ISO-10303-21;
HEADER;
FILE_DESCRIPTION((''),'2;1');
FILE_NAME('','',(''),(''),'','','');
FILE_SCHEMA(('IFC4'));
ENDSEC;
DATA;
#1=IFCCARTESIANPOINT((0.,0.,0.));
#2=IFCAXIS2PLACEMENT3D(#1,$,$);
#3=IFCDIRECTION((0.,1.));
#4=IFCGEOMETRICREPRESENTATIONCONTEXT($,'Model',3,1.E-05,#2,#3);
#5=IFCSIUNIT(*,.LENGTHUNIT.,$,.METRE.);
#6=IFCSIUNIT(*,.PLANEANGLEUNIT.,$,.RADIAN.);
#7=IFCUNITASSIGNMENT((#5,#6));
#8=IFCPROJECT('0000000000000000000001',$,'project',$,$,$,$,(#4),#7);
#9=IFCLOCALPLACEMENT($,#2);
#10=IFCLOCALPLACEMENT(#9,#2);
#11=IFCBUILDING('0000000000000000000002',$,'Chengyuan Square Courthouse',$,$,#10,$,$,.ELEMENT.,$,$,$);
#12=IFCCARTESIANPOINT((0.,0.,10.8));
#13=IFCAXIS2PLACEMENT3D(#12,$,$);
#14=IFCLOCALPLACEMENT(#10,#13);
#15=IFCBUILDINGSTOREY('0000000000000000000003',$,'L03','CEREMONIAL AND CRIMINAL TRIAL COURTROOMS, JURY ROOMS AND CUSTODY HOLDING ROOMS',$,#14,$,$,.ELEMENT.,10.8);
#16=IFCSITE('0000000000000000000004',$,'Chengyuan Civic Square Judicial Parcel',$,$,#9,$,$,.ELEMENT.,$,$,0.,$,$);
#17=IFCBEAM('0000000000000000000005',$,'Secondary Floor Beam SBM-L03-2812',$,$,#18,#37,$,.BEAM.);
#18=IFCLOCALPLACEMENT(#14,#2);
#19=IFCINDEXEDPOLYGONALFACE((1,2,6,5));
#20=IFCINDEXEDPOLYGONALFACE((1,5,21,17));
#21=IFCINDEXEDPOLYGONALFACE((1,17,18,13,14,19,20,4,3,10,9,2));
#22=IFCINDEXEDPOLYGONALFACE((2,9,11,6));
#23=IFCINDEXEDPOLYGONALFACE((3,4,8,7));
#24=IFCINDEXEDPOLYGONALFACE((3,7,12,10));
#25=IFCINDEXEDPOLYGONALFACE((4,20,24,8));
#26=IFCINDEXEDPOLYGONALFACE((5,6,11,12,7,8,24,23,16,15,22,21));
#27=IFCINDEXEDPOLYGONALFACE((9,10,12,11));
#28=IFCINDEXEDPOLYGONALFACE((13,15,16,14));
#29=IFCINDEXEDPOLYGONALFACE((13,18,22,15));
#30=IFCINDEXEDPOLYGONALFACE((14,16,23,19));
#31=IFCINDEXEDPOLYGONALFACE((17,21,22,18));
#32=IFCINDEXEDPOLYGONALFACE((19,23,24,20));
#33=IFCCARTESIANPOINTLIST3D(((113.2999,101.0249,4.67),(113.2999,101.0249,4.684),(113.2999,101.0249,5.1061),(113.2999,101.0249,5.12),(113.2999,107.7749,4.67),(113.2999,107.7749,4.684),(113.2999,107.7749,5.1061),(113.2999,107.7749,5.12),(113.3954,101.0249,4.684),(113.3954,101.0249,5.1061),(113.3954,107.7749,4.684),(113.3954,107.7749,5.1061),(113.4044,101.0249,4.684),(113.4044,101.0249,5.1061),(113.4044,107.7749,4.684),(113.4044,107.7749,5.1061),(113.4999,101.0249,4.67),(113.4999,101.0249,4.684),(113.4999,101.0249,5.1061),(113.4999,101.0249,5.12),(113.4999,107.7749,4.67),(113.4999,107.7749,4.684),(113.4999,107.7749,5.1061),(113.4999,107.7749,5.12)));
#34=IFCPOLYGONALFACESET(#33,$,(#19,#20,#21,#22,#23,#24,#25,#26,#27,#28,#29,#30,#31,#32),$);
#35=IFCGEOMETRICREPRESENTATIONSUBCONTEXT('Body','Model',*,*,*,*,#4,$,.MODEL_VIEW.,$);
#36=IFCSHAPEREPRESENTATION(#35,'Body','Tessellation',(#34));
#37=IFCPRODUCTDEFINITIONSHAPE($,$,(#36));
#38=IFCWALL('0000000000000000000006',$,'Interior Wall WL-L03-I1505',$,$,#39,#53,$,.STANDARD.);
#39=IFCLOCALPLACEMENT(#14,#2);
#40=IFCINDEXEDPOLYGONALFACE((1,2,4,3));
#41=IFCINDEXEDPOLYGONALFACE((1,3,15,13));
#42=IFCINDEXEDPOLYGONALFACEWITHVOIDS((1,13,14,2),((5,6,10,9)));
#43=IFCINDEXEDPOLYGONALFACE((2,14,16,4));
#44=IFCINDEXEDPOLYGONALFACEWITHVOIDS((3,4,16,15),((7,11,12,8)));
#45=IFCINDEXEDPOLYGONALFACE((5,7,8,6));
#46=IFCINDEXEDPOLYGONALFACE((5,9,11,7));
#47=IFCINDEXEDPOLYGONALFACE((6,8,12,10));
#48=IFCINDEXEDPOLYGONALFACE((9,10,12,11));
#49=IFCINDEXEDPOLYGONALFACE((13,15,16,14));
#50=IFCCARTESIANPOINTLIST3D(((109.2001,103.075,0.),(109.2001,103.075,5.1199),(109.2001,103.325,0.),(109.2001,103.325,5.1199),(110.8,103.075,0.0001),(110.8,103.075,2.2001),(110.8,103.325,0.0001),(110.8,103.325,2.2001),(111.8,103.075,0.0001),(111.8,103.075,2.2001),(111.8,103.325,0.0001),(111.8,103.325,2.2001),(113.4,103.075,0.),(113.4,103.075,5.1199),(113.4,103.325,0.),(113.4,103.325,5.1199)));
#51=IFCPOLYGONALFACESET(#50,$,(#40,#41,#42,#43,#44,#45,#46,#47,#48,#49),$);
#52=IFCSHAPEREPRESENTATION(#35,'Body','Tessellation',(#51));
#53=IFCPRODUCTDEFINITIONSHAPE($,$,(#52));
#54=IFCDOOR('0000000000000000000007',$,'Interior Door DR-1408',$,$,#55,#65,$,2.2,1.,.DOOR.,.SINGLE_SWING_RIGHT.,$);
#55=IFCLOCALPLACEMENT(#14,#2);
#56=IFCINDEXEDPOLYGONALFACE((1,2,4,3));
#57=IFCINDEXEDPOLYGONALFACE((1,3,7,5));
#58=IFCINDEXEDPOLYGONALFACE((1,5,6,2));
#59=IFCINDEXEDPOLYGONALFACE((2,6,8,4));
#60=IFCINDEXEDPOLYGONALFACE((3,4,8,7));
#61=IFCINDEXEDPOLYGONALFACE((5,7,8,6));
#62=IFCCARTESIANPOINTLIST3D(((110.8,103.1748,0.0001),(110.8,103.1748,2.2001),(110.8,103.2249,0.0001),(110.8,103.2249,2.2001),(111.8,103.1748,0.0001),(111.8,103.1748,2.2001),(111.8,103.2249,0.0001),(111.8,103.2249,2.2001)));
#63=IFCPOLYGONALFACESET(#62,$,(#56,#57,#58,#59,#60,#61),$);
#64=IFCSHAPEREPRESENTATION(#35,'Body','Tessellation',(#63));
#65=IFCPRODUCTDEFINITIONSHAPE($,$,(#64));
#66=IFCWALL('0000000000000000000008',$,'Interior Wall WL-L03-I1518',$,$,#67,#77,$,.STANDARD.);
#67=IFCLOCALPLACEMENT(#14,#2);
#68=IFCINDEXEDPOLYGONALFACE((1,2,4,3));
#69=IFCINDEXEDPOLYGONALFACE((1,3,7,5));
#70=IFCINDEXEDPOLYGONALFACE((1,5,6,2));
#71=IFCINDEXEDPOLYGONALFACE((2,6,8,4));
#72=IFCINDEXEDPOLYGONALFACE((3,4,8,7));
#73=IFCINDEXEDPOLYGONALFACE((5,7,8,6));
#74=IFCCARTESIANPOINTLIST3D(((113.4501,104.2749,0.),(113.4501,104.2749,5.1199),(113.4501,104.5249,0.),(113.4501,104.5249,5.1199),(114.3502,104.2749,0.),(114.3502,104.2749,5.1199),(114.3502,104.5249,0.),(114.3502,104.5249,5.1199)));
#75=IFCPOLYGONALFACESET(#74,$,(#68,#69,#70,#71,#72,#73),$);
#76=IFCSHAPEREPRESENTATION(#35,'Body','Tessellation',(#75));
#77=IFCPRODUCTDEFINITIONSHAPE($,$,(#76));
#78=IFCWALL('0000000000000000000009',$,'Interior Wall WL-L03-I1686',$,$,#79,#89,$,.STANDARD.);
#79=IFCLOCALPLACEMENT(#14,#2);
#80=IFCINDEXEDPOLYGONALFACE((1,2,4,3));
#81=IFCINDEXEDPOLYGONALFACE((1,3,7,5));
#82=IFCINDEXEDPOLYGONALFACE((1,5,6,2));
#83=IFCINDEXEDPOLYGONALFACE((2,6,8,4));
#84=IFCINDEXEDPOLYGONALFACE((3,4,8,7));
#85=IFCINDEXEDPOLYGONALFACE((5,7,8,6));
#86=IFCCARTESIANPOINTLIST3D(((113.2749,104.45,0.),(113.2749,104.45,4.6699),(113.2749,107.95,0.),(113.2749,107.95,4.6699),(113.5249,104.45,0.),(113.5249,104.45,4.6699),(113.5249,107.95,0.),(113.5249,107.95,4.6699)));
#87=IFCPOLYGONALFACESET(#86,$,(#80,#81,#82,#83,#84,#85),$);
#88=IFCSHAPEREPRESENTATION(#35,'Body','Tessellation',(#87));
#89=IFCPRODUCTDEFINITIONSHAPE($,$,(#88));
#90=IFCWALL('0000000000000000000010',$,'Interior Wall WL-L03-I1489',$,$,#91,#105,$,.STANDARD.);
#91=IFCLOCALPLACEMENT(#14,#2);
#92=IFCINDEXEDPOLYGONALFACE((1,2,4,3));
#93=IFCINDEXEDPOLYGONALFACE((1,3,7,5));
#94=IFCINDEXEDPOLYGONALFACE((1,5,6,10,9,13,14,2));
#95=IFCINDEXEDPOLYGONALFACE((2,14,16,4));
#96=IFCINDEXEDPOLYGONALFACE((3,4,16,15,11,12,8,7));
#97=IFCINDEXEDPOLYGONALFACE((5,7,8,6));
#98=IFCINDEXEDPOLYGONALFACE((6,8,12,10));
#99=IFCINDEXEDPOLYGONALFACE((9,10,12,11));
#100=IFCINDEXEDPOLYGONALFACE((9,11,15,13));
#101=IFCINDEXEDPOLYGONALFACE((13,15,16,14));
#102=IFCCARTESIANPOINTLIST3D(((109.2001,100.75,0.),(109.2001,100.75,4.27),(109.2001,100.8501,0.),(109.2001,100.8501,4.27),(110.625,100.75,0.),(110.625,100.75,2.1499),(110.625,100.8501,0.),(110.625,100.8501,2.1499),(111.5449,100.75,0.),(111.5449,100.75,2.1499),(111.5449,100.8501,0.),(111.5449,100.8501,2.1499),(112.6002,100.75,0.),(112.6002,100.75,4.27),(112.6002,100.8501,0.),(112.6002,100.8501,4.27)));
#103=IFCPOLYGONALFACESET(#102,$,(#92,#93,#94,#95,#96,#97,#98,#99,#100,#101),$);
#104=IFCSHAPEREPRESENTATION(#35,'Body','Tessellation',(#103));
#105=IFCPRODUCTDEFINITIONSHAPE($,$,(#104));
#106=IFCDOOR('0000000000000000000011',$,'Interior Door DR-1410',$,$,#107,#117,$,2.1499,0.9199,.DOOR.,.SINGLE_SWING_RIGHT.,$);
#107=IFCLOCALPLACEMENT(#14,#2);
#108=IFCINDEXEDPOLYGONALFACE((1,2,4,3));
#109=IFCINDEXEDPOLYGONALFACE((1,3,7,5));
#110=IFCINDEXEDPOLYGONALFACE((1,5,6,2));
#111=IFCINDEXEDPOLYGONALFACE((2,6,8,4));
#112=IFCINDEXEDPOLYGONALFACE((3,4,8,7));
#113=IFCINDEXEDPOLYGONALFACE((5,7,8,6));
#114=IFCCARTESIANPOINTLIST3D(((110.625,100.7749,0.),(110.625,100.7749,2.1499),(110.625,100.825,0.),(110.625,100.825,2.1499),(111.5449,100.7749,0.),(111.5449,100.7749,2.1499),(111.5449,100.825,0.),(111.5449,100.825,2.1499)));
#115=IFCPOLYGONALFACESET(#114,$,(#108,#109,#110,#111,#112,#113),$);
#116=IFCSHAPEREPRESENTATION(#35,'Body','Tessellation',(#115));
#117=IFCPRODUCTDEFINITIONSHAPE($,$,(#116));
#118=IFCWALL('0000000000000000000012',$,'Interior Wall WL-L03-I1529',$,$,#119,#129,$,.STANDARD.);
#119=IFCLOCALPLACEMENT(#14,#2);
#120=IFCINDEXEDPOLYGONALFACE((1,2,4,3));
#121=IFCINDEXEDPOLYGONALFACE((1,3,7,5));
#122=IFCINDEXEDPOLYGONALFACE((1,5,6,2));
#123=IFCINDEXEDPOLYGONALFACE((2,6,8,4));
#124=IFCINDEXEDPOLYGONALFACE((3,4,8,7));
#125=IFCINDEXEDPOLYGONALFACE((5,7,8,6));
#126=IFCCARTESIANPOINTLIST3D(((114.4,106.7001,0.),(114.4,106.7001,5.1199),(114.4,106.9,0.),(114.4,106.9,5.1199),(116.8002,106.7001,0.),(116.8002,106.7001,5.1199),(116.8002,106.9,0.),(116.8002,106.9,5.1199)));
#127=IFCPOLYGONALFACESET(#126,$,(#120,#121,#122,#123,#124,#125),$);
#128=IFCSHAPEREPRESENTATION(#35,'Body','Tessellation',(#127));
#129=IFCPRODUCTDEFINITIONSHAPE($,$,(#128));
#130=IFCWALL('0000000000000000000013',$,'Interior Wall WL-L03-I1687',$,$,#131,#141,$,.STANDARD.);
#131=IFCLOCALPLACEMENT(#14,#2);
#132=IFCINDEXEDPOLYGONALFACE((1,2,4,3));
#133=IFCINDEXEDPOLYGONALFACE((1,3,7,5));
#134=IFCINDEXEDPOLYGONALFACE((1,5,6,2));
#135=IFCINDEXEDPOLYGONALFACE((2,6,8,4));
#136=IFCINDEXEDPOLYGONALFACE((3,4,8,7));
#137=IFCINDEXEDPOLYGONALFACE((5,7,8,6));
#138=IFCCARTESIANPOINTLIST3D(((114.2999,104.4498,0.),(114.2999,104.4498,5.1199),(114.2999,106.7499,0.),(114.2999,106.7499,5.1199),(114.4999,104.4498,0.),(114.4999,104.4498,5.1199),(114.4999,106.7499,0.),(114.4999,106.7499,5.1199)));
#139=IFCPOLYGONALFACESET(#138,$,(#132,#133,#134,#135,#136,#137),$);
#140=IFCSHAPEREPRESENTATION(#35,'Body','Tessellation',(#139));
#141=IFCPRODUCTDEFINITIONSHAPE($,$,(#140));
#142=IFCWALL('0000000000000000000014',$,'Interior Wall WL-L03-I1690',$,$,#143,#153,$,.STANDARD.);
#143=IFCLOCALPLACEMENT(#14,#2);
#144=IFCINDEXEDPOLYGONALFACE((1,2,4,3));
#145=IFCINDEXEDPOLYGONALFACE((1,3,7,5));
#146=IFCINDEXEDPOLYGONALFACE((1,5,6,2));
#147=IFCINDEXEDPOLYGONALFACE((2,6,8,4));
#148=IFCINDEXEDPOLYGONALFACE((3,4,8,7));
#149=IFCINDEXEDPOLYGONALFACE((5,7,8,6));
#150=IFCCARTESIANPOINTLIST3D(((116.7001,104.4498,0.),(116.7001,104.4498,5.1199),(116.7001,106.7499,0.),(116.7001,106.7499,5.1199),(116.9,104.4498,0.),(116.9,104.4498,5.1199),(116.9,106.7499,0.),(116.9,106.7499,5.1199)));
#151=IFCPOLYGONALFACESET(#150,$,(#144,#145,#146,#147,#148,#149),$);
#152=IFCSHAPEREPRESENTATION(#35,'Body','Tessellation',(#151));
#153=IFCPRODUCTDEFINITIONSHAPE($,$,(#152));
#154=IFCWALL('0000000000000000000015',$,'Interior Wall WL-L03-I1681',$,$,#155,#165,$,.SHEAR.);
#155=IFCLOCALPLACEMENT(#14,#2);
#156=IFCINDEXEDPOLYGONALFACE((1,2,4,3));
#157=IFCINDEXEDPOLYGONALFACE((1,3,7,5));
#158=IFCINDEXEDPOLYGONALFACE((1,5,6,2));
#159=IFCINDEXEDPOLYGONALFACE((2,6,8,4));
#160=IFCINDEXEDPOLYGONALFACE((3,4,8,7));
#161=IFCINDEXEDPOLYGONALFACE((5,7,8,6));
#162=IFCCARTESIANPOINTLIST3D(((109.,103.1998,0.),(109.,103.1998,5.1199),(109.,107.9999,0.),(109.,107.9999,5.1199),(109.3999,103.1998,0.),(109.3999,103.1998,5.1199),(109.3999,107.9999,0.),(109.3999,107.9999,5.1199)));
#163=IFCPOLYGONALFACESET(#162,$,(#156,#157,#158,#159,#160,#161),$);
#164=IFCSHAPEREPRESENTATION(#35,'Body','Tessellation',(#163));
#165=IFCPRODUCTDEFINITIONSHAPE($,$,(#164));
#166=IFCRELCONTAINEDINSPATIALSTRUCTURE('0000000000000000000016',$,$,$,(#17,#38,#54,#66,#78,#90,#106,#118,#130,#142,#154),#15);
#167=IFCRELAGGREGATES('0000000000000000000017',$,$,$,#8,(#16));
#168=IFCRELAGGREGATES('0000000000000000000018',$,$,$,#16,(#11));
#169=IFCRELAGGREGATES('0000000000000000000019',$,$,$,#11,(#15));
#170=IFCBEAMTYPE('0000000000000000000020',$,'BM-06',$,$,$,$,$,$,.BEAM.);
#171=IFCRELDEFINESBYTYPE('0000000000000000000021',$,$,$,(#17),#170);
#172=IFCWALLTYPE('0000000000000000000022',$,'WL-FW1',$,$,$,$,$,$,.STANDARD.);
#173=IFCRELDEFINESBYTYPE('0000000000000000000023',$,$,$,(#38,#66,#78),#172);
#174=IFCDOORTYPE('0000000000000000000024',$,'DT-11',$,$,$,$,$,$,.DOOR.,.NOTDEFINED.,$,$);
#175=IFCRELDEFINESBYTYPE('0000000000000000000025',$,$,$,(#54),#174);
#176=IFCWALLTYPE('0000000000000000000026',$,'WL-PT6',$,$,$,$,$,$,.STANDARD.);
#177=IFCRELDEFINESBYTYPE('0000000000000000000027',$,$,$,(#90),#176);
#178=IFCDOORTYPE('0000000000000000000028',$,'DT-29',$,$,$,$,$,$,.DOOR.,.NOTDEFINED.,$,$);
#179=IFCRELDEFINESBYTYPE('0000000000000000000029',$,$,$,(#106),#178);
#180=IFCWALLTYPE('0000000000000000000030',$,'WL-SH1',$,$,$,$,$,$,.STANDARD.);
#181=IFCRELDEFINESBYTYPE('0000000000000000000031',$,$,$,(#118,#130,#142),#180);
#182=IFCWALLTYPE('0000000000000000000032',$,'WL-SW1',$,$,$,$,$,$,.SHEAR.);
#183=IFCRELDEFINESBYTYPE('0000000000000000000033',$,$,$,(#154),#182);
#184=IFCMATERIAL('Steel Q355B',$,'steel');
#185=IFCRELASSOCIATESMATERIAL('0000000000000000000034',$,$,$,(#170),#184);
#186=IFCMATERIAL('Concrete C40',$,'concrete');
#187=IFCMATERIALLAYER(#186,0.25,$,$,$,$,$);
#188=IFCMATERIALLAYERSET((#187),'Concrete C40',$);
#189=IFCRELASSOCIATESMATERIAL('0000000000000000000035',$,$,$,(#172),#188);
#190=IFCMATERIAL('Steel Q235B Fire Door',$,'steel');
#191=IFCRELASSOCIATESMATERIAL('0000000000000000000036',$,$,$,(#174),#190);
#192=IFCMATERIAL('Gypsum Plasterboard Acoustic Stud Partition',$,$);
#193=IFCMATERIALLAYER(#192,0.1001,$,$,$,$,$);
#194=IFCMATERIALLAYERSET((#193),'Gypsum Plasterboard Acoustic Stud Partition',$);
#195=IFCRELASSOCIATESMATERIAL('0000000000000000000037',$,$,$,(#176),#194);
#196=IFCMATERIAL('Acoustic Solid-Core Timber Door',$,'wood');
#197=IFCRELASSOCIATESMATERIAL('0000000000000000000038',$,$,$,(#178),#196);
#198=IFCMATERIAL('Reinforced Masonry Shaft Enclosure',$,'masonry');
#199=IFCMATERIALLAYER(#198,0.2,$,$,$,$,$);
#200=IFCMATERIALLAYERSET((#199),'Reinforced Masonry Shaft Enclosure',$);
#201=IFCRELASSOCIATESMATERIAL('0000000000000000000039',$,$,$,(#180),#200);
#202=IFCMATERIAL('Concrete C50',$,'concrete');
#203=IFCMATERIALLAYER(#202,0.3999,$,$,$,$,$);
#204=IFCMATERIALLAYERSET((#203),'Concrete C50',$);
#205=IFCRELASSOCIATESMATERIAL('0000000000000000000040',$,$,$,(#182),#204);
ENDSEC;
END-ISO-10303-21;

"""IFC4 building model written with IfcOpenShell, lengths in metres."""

from ifc_helpers import new_model, si_unit, direction, frame, frame_2d, origin, origin_2d, place, context, subcontext, project, spatial, rectangle, i_section, extrude, material, layer, layer_set, material_profile, profile_set, type_object, element, fill, save


model = new_model("IFC4")

# Units and contexts
model_context = context("Model", 3, precision=1e-05, world=origin(), true_north=direction((0.0, 1.0)))
body_context = subcontext(model_context, "Body", "Model", "MODEL_VIEW")
ifc_project = project(units=[si_unit("LENGTHUNIT", "METRE"), si_unit("PLANEANGLEUNIT", "RADIAN")], contexts=[model_context])

# Site, building, storey
site_placement = place(None, origin())
site = spatial("IfcSite", under=ifc_project, at=site_placement, Name="Chengyuan Civic Square Judicial Parcel", CompositionType="ELEMENT", RefElevation=0.0)
building_placement = place(site_placement, origin())
building = spatial("IfcBuilding", under=site, at=building_placement, Name="Chengyuan Square Courthouse", CompositionType="ELEMENT")
storey_placement = place(building_placement, frame((0.0, 0.0, 10.8)))
storey = spatial("IfcBuildingStorey", under=building, at=storey_placement, Name="L03", Description="CEREMONIAL AND CRIMINAL TRIAL COURTROOMS, JURY ROOMS AND CUSTODY HOLDING ROOMS", CompositionType="ELEMENT", Elevation=10.8)

# Beam
ifc_material_1 = material(Name="Steel Q355B", Category="steel")
ifc_material_profile = material_profile(ifc_material_1, i_section(OverallWidth=0.2, OverallDepth=0.45, WebThickness=0.009, FlangeThickness=0.0139, at=origin_2d()), Name="HN 450x200x9x14")
ifc_profile_set = profile_set([ifc_material_profile], Name="Steel Q355B")
beam_type = type_object("IfcBeamType", Name="BM-06", PredefinedType="BEAM", material=ifc_profile_set)
beam_placement = place(storey_placement, frame((113.3999, 101.0249, 4.895), z_axis=(0.0, 1.0, 0.0), x_axis=(-1.0, 0.0, 0.0)))
element("IfcBeam", 1, at=beam_placement, inside=storey, type_object=beam_type, Name="Secondary Floor Beam SBM-L03-2812", PredefinedType="BEAM", context=body_context, shape_type="SweptSolid", body=[
    extrude(i_section(OverallWidth=0.2, OverallDepth=0.45, WebThickness=0.009, FlangeThickness=0.0139, at=origin_2d()), origin(), (0.0, 0.0, 1.0), 6.75),
])

# Shared definitions
ifc_material_2 = material(Name="Concrete C40", Category="concrete")
ifc_layer_1 = layer(ifc_material_2, 0.25)
ifc_layer_set_1 = layer_set([ifc_layer_1], Name="Concrete C40")
wall_type_1 = type_object("IfcWallType", Name="WL-FW1", PredefinedType="STANDARD", material=ifc_layer_set_1)
ifc_material_3 = material(Name="Steel Q235B Fire Door", Category="steel")

# Wall, opening, door
wall_1_placement = place(storey_placement, frame((109.2, 103.2, 0.0), z_axis=(0.0, 0.0, 1.0), x_axis=(1.0, 0.0, 0.0)))
wall_1 = element("IfcWall", 2, at=wall_1_placement, inside=storey, type_object=wall_type_1, Name="Interior Wall WL-L03-I1505", PredefinedType="STANDARD", context=body_context, shape_type="SweptSolid", body=[
    extrude(rectangle(XDim=4.2, YDim=0.25, at=frame_2d((2.1001, 0.0))), origin(), (0.0, 0.0, 1.0), 5.1199),
])
opening_1_placement = place(wall_1_placement, frame((1.6001, 0.0, 0.0)))
opening_1 = element("IfcOpeningElement", 3, at=opening_1_placement, cuts=wall_1, PredefinedType="OPENING", context=body_context, shape_type="SweptSolid", body=[
    extrude(rectangle(XDim=1.0, YDim=2.2, at=frame_2d((0.5, 1.1001))), frame((0.0, 0.137, 0.0), z_axis=(0.0, -1.0, 0.0), x_axis=(1.0, 0.0, 0.0)), (0.0, 0.0, 1.0), 0.2739),
])
door_type_1 = type_object("IfcDoorType", Name="DT-11", OperationType="NOTDEFINED", PredefinedType="DOOR", material=ifc_material_3)
door_1_placement = place(opening_1_placement, origin())
door_1 = element("IfcDoor", 4, at=door_1_placement, inside=storey, type_object=door_type_1, Name="Interior Door DR-1408", OperationType="SINGLE_SWING_RIGHT", OverallHeight=2.2, OverallWidth=1.0, PredefinedType="DOOR", context=body_context, shape_type="SweptSolid", body=[
    extrude(rectangle(XDim=1.0, YDim=2.2, at=frame_2d((0.5, 1.1001))), frame((0.0, 0.0249, 0.0), z_axis=(0.0, -1.0, 0.0), x_axis=(1.0, 0.0, 0.0)), (0.0, 0.0, 1.0), 0.05),
])
fill(opening_1, door_1)

# Wall
wall_2_placement = place(storey_placement, frame((113.45, 104.3999, 0.0), z_axis=(0.0, 0.0, 1.0), x_axis=(1.0, 0.0, 0.0)))
element("IfcWall", 5, at=wall_2_placement, inside=storey, type_object=wall_type_1, Name="Interior Wall WL-L03-I1518", PredefinedType="STANDARD", context=body_context, shape_type="SweptSolid", body=[
    extrude(rectangle(XDim=0.9001, YDim=0.25, at=frame_2d((0.4502, 0.0))), origin(), (0.0, 0.0, 1.0), 5.1199),
])

# Wall
wall_3_placement = place(storey_placement, frame((113.3999, 104.45, 0.0), z_axis=(0.0, 0.0, 1.0), x_axis=(0.0, 1.0, 0.0)))
element("IfcWall", 6, at=wall_3_placement, inside=storey, type_object=wall_type_1, Name="Interior Wall WL-L03-I1686", PredefinedType="STANDARD", context=body_context, shape_type="SweptSolid", body=[
    extrude(rectangle(XDim=3.5, YDim=0.25, at=frame_2d((1.75, 0.0))), origin(), (0.0, 0.0, 1.0), 4.6699),
])

# Wall, opening, door
ifc_material_4 = material(Name="Gypsum Plasterboard Acoustic Stud Partition")
ifc_layer_2 = layer(ifc_material_4, 0.1001)
ifc_layer_set_2 = layer_set([ifc_layer_2], Name="Gypsum Plasterboard Acoustic Stud Partition")
wall_type_2 = type_object("IfcWallType", Name="WL-PT6", PredefinedType="STANDARD", material=ifc_layer_set_2)
wall_4_placement = place(storey_placement, frame((109.2, 100.8, 0.0), z_axis=(0.0, 0.0, 1.0), x_axis=(1.0, 0.0, 0.0)))
wall_4 = element("IfcWall", 7, at=wall_4_placement, inside=storey, type_object=wall_type_2, Name="Interior Wall WL-L03-I1489", PredefinedType="STANDARD", context=body_context, shape_type="SweptSolid", body=[
    extrude(rectangle(XDim=3.4001, YDim=0.1001, at=frame_2d((1.7002, 0.0))), origin(), (0.0, 0.0, 1.0), 4.27),
])
opening_2_placement = place(wall_4_placement, frame((1.425, 0.0, 0.0)))
opening_2 = element("IfcOpeningElement", 8, at=opening_2_placement, cuts=wall_4, PredefinedType="OPENING", context=body_context, shape_type="SweptSolid", body=[
    extrude(rectangle(XDim=0.9199, YDim=2.1499, at=frame_2d((0.46, 1.075))), frame((0.0, 0.062, 0.0), z_axis=(0.0, -1.0, 0.0), x_axis=(1.0, 0.0, 0.0)), (0.0, 0.0, 1.0), 0.124),
])
ifc_material_5 = material(Name="Acoustic Solid-Core Timber Door", Category="wood")
door_type_2 = type_object("IfcDoorType", Name="DT-29", OperationType="NOTDEFINED", PredefinedType="DOOR", material=ifc_material_5)
door_2_placement = place(opening_2_placement, origin())
door_2 = element("IfcDoor", 9, at=door_2_placement, inside=storey, type_object=door_type_2, Name="Interior Door DR-1410", OperationType="SINGLE_SWING_RIGHT", OverallHeight=2.1499, OverallWidth=0.9199, PredefinedType="DOOR", context=body_context, shape_type="SweptSolid", body=[
    extrude(rectangle(XDim=0.9199, YDim=2.1499, at=frame_2d((0.46, 1.075))), frame((0.0, 0.0249, 0.0), z_axis=(0.0, -1.0, 0.0), x_axis=(1.0, 0.0, 0.0)), (0.0, 0.0, 1.0), 0.05),
])
fill(opening_2, door_2)
ifc_material_6 = material(Name="Reinforced Masonry Shaft Enclosure", Category="masonry")
ifc_layer_3 = layer(ifc_material_6, 0.2)
ifc_layer_set_3 = layer_set([ifc_layer_3], Name="Reinforced Masonry Shaft Enclosure")
wall_type_3 = type_object("IfcWallType", Name="WL-SH1", PredefinedType="STANDARD", material=ifc_layer_set_3)

# Walls
wall_5_placement = place(storey_placement, frame((114.3999, 106.8, 0.0), z_axis=(0.0, 0.0, 1.0), x_axis=(1.0, 0.0, 0.0)))
element("IfcWall", 10, at=wall_5_placement, inside=storey, type_object=wall_type_3, Name="Interior Wall WL-L03-I1529", PredefinedType="STANDARD", context=body_context, shape_type="SweptSolid", body=[
    extrude(rectangle(XDim=2.4001, YDim=0.2, at=frame_2d((1.2002, 0.0))), origin(), (0.0, 0.0, 1.0), 5.1199),
])
for number, where, z_axis, x_axis, name in (
    (11, (114.3999, 104.45, 0.0), (0.0, 0.0, 1.0), (0.0, 1.0, 0.0), "Interior Wall WL-L03-I1687"),
    (12, (116.8, 104.45, 0.0), (0.0, 0.0, 1.0), (0.0, 1.0, 0.0), "Interior Wall WL-L03-I1690"),
):
    element("IfcWall", number, at=place(storey_placement, frame(where, z_axis=z_axis, x_axis=x_axis)), inside=storey, type_object=wall_type_3, Name=name, PredefinedType="STANDARD", context=body_context, shape_type="SweptSolid", body=[
        extrude(rectangle(XDim=2.3, YDim=0.2, at=frame_2d((1.1499, 0.0))), origin(), (0.0, 0.0, 1.0), 5.1199),
    ])
ifc_material_7 = material(Name="Concrete C50", Category="concrete")
ifc_layer_4 = layer(ifc_material_7, 0.3999)
ifc_layer_set_4 = layer_set([ifc_layer_4], Name="Concrete C50")
wall_type_4 = type_object("IfcWallType", Name="WL-SW1", PredefinedType="SHEAR", material=ifc_layer_set_4)
wall_6_placement = place(storey_placement, frame((109.2, 103.2, 0.0), z_axis=(0.0, 0.0, 1.0), x_axis=(0.0, 1.0, 0.0)))
element("IfcWall", 13, at=wall_6_placement, inside=storey, type_object=wall_type_4, Name="Interior Wall WL-L03-I1681", PredefinedType="SHEAR", context=body_context, shape_type="SweptSolid", body=[
    extrude(rectangle(XDim=4.8, YDim=0.3999, at=frame_2d((2.3999, 0.0))), origin(), (0.0, 0.0, 1.0), 5.1199),
])

save(model, "model.ifc")
